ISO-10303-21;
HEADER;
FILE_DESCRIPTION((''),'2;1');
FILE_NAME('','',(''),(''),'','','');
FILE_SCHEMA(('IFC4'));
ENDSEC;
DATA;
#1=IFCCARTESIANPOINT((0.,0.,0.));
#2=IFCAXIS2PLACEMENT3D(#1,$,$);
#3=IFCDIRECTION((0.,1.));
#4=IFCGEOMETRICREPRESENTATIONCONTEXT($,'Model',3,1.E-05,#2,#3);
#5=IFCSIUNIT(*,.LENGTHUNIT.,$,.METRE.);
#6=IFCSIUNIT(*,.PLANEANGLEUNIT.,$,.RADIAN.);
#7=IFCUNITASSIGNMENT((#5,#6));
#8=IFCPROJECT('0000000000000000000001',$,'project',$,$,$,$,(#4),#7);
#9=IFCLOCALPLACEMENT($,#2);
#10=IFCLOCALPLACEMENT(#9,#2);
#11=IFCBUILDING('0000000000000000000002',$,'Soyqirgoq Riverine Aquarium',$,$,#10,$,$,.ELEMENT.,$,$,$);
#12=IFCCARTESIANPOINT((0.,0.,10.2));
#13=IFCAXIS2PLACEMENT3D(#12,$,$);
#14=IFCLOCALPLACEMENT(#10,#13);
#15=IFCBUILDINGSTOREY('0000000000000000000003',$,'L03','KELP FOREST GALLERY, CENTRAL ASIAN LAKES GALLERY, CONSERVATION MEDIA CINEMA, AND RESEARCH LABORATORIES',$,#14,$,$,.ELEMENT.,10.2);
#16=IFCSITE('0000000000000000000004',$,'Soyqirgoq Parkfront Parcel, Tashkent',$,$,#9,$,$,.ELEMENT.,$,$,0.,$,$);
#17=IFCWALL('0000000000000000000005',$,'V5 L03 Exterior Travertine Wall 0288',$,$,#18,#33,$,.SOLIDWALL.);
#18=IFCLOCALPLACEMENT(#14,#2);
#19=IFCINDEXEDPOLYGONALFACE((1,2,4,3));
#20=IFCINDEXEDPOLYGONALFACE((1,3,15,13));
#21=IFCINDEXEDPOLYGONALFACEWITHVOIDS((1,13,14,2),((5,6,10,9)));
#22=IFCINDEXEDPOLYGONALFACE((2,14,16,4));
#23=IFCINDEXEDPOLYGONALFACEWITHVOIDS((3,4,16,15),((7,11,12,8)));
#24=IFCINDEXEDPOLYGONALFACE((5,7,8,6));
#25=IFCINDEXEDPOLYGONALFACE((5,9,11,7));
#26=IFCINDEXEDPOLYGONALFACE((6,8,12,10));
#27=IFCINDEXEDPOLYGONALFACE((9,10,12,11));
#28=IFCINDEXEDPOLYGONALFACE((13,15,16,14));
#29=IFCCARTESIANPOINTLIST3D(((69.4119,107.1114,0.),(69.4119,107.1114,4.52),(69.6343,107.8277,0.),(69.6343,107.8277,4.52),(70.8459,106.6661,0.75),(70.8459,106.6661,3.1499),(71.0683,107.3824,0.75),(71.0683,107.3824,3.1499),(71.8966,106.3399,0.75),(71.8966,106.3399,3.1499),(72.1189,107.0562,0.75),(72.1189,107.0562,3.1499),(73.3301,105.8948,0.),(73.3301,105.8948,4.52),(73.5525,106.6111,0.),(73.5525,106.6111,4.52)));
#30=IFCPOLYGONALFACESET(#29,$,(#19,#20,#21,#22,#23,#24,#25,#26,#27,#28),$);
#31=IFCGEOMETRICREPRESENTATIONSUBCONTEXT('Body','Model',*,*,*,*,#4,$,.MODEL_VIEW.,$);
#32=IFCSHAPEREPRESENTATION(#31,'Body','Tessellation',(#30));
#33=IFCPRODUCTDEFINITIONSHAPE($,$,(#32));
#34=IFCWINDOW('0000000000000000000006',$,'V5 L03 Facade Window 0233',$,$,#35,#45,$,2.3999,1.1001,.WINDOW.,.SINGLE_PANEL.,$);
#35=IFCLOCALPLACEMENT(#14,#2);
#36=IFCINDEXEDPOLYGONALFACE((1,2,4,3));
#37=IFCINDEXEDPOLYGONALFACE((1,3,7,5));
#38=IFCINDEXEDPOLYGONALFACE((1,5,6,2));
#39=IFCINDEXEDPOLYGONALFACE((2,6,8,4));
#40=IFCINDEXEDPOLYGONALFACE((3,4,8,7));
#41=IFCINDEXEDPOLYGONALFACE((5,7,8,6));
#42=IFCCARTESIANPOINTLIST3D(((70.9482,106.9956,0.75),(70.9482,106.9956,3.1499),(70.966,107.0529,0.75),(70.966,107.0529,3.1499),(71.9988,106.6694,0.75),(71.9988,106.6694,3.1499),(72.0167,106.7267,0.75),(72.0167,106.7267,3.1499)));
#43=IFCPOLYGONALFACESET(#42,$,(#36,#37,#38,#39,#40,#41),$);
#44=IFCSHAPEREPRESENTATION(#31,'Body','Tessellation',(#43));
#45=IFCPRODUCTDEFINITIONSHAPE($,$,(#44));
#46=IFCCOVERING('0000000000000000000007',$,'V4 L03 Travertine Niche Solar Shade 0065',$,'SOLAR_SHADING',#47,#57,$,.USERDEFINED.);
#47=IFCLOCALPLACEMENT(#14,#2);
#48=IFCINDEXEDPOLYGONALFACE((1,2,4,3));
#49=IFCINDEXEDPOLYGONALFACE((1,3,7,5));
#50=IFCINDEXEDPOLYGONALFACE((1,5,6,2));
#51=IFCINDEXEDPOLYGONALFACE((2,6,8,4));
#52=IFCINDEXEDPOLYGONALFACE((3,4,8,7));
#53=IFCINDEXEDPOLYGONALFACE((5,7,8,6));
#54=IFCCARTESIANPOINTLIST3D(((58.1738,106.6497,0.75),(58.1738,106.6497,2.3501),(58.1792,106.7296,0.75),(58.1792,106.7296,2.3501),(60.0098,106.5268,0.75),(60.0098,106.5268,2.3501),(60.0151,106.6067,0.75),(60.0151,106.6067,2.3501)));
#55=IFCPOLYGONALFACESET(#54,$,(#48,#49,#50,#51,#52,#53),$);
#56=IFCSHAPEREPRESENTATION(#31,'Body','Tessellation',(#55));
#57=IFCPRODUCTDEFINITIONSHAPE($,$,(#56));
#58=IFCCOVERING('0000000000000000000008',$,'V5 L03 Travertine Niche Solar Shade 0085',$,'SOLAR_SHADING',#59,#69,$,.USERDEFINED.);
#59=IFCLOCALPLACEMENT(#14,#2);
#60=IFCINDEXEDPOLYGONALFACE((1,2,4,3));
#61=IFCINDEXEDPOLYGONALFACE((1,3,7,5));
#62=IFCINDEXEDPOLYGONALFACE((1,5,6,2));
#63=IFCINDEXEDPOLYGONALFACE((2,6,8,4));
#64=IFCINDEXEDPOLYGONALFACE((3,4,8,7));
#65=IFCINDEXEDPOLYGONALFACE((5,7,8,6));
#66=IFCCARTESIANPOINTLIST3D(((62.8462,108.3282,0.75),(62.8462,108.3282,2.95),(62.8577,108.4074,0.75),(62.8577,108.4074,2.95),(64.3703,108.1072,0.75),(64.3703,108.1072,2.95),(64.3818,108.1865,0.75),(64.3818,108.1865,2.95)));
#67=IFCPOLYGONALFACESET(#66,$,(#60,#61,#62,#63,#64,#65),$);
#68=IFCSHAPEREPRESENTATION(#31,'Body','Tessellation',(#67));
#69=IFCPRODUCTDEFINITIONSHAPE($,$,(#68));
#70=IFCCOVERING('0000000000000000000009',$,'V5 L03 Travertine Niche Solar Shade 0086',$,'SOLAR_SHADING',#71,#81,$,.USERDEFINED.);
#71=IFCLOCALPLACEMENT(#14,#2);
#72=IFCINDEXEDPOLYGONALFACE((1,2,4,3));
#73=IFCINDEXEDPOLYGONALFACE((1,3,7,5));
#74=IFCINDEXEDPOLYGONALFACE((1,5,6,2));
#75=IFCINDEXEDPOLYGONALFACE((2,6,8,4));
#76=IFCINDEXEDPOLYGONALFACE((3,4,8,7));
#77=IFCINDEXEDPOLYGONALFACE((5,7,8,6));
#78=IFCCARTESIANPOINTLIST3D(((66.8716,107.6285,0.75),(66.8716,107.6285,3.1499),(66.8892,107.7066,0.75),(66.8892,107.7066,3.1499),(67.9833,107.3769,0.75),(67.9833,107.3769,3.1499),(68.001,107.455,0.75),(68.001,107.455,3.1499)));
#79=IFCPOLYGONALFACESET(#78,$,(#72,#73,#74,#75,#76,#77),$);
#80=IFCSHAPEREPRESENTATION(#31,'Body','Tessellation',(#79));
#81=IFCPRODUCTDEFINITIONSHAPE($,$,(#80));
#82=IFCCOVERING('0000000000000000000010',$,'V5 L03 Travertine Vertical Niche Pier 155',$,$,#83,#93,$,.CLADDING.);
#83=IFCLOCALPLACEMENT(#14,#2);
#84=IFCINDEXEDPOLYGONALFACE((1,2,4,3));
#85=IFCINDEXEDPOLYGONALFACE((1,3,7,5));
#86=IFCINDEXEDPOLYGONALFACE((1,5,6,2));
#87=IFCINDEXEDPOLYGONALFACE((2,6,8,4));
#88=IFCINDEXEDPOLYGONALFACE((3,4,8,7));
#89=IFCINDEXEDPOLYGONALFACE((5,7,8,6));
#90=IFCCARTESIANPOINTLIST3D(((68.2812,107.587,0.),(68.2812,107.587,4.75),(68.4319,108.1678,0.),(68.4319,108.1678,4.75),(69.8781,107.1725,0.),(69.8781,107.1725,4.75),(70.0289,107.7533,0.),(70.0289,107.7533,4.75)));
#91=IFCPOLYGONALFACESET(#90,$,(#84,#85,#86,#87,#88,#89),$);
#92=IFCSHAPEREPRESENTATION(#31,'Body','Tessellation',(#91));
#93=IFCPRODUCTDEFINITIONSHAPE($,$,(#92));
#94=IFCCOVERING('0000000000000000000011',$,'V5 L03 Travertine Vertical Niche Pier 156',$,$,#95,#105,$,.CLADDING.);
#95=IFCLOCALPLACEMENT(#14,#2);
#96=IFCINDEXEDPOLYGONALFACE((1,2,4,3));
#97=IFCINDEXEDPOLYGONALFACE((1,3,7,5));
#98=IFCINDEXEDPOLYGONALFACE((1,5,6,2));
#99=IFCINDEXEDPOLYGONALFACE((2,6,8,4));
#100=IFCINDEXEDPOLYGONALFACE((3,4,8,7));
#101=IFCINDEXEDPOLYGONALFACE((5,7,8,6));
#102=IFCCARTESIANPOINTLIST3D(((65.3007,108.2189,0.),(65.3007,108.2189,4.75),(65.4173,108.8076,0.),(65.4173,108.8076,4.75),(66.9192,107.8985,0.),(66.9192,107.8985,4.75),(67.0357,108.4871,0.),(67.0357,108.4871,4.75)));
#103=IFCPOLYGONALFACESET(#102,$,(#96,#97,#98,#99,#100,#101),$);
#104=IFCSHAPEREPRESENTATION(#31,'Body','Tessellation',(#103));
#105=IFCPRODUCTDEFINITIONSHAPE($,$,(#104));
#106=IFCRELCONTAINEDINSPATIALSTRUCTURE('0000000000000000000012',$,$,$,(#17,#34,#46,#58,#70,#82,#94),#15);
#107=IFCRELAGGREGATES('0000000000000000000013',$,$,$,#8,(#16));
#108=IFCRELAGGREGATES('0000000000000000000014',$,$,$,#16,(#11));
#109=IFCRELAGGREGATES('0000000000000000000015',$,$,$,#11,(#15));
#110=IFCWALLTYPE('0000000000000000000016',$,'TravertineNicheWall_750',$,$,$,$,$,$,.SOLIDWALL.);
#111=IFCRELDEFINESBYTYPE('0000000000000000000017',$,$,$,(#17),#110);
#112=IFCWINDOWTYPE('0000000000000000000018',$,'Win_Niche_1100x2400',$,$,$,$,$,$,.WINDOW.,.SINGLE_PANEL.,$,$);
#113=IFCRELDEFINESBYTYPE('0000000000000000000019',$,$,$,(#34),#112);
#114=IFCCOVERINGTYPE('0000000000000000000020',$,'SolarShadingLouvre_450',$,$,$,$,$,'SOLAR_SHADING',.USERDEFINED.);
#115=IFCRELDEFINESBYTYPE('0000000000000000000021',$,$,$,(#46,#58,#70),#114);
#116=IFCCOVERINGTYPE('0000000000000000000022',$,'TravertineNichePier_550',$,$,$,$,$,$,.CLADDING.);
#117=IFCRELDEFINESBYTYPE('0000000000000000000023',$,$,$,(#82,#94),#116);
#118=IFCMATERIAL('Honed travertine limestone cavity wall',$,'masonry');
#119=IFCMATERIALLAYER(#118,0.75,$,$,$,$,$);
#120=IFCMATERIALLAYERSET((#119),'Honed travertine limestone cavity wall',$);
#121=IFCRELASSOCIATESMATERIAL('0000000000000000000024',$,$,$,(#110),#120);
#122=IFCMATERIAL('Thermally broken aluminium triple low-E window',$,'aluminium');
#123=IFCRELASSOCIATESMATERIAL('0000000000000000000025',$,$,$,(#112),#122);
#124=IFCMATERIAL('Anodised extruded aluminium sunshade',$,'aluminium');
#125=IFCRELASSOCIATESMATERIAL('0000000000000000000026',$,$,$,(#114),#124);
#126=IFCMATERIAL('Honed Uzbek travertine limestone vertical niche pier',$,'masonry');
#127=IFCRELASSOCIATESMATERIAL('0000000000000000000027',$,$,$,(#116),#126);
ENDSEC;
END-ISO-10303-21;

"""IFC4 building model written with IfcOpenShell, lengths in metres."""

from ifc_helpers import new_model, si_unit, direction, frame, frame_2d, origin, origin_2d, place, context, subcontext, project, spatial, rectangle, extrude, material, layer, layer_set, type_object, element, fill, save


model = new_model("IFC4")

# Units and contexts
model_context = context("Model", 3, precision=1e-05, world=origin(), true_north=direction((0.0, 1.0)))
body_context = subcontext(model_context, "Body", "Model", "MODEL_VIEW")
ifc_project = project(units=[si_unit("LENGTHUNIT", "METRE"), si_unit("PLANEANGLEUNIT", "RADIAN")], contexts=[model_context])

# Site, building, storey
site_placement = place(None, origin())
site = spatial("IfcSite", under=ifc_project, at=site_placement, Name="Soyqirgoq Parkfront Parcel, Tashkent", CompositionType="ELEMENT", RefElevation=0.0)
building_placement = place(site_placement, origin())
building = spatial("IfcBuilding", under=site, at=building_placement, Name="Soyqirgoq Riverine Aquarium", CompositionType="ELEMENT")
storey_placement = place(building_placement, frame((0.0, 0.0, 10.2)))
storey = spatial("IfcBuildingStorey", under=building, at=storey_placement, Name="L03", Description="KELP FOREST GALLERY, CENTRAL ASIAN LAKES GALLERY, CONSERVATION MEDIA CINEMA, AND RESEARCH LABORATORIES", CompositionType="ELEMENT", Elevation=10.2)

# Wall, opening, window
ifc_material_1 = material(Name="Honed travertine limestone cavity wall", Category="masonry")
ifc_layer_1 = layer(ifc_material_1, 0.75)
ifc_layer_set_1 = layer_set([ifc_layer_1], Name="Honed travertine limestone cavity wall")
wall_type_1 = type_object("IfcWallType", Name="TravertineNicheWall_750", PredefinedType="SOLIDWALL", material=ifc_layer_set_1)
wall_1_placement = place(storey_placement, frame((69.5232, 107.4695, 0.0), z_axis=(0.0, 0.0, 1.0), x_axis=(0.955026, -0.296523, 0.0)))
wall_1 = element("IfcWall", 1, at=wall_1_placement, inside=storey, type_object=wall_type_1, Name="V5 L03 Exterior Travertine Wall 0288", PredefinedType="SOLIDWALL", context=body_context, shape_type="SweptSolid", body=[
    extrude(rectangle(XDim=4.1028, YDim=0.75, at=frame_2d((2.0513, 0.0))), origin(), (0.0, 0.0, 1.0), 4.52),
])
opening_1_placement = place(wall_1_placement, frame((1.5015, 0.0, 0.75)))
opening_1 = element("IfcOpeningElement", 2, at=opening_1_placement, cuts=wall_1, PredefinedType="OPENING", context=body_context, shape_type="SweptSolid", body=[
    extrude(rectangle(XDim=1.1001, YDim=2.3999, at=frame_2d((0.55, 1.2))), frame((0.0, 0.385, 0.0), z_axis=(0.0, -1.0, 0.0), x_axis=(1.0, 0.0, 0.0)), (0.0, 0.0, 1.0), 0.77),
])
ifc_material_2 = material(Name="Thermally broken aluminium triple low-E window", Category="aluminium")
window_type_1 = type_object("IfcWindowType", Name="Win_Niche_1100x2400", PartitioningType="SINGLE_PANEL", PredefinedType="WINDOW", material=ifc_material_2)
window_1_placement = place(opening_1_placement, origin())
window_1 = element("IfcWindow", 3, at=window_1_placement, inside=storey, type_object=window_type_1, Name="V5 L03 Facade Window 0233", OverallHeight=2.3999, OverallWidth=1.1001, PartitioningType="SINGLE_PANEL", PredefinedType="WINDOW", context=body_context, shape_type="SweptSolid", body=[
    extrude(rectangle(XDim=1.1001, YDim=2.3999, at=frame_2d((0.55, 1.2))), frame((0.0, 0.03, 0.0), z_axis=(0.0, -1.0, 0.0), x_axis=(1.0, 0.0, 0.0)), (0.0, 0.0, 1.0), 0.0601),
])
fill(opening_1, window_1)

# Coverings
ifc_material_3 = material(Name="Anodised extruded aluminium sunshade", Category="aluminium")
covering_type_1 = type_object("IfcCoveringType", Name="SolarShadingLouvre_450", ElementType="SOLAR_SHADING", PredefinedType="USERDEFINED", material=ifc_material_3)
covering_1_placement = place(storey_placement, frame((59.0945, 106.6282, 0.75), z_axis=(0.0, 0.0, 1.0), x_axis=(0.997767, -0.066796, 0.0)))
element("IfcCovering", 4, at=covering_1_placement, inside=storey, type_object=covering_type_1, Name="V4 L03 Travertine Niche Solar Shade 0065", ObjectType="SOLAR_SHADING", PredefinedType="USERDEFINED", context=body_context, shape_type="SweptSolid", body=[
    extrude(rectangle(XDim=1.8401, YDim=0.0801, at=origin_2d()), origin(), (0.0, 0.0, 1.0), 1.6001),
])
covering_2_placement = place(storey_placement, frame((63.614, 108.2573, 0.75), z_axis=(0.0, 0.0, 1.0), x_axis=(0.989651, -0.143493, 0.0)))
element("IfcCovering", 5, at=covering_2_placement, inside=storey, type_object=covering_type_1, Name="V5 L03 Travertine Niche Solar Shade 0085", ObjectType="SOLAR_SHADING", PredefinedType="USERDEFINED", context=body_context, shape_type="SweptSolid", body=[
    extrude(rectangle(XDim=1.54, YDim=0.0801, at=origin_2d()), origin(), (0.0, 0.0, 1.0), 2.2),
])
covering_3_placement = place(storey_placement, frame((67.4363, 107.5417, 0.75), z_axis=(0.0, 0.0, 1.0), x_axis=(0.975342, -0.220697, 0.0)))
element("IfcCovering", 6, at=covering_3_placement, inside=storey, type_object=covering_type_1, Name="V5 L03 Travertine Niche Solar Shade 0086", ObjectType="SOLAR_SHADING", PredefinedType="USERDEFINED", context=body_context, shape_type="SweptSolid", body=[
    extrude(rectangle(XDim=1.1399, YDim=0.0801, at=origin_2d()), origin(), (0.0, 0.0, 1.0), 2.3999),
])
ifc_material_4 = material(Name="Honed Uzbek travertine limestone vertical niche pier", Category="masonry")
covering_type_2 = type_object("IfcCoveringType", Name="TravertineNichePier_550", PredefinedType="CLADDING", material=ifc_material_4)
for number, where, z_axis, x_axis, name in (
    (7, (69.155, 107.6702, 0.0), (0.0, 0.0, 1.0), (0.251225, 0.967929, 0.0), "V5 L03 Travertine Vertical Niche Pier 155"),
    (8, (66.1682, 108.353, 0.0), (0.0, 0.0, 1.0), (0.194234, 0.980955, 0.0), "V5 L03 Travertine Vertical Niche Pier 156"),
):
    element("IfcCovering", number, at=place(storey_placement, frame(where, z_axis=z_axis, x_axis=x_axis)), inside=storey, type_object=covering_type_2, Name=name, PredefinedType="CLADDING", context=body_context, shape_type="SweptSolid", body=[
        extrude(rectangle(XDim=0.6001, YDim=1.6499, at=origin_2d()), origin(), (0.0, 0.0, 1.0), 4.75),
    ])

save(model, "model.ifc")
